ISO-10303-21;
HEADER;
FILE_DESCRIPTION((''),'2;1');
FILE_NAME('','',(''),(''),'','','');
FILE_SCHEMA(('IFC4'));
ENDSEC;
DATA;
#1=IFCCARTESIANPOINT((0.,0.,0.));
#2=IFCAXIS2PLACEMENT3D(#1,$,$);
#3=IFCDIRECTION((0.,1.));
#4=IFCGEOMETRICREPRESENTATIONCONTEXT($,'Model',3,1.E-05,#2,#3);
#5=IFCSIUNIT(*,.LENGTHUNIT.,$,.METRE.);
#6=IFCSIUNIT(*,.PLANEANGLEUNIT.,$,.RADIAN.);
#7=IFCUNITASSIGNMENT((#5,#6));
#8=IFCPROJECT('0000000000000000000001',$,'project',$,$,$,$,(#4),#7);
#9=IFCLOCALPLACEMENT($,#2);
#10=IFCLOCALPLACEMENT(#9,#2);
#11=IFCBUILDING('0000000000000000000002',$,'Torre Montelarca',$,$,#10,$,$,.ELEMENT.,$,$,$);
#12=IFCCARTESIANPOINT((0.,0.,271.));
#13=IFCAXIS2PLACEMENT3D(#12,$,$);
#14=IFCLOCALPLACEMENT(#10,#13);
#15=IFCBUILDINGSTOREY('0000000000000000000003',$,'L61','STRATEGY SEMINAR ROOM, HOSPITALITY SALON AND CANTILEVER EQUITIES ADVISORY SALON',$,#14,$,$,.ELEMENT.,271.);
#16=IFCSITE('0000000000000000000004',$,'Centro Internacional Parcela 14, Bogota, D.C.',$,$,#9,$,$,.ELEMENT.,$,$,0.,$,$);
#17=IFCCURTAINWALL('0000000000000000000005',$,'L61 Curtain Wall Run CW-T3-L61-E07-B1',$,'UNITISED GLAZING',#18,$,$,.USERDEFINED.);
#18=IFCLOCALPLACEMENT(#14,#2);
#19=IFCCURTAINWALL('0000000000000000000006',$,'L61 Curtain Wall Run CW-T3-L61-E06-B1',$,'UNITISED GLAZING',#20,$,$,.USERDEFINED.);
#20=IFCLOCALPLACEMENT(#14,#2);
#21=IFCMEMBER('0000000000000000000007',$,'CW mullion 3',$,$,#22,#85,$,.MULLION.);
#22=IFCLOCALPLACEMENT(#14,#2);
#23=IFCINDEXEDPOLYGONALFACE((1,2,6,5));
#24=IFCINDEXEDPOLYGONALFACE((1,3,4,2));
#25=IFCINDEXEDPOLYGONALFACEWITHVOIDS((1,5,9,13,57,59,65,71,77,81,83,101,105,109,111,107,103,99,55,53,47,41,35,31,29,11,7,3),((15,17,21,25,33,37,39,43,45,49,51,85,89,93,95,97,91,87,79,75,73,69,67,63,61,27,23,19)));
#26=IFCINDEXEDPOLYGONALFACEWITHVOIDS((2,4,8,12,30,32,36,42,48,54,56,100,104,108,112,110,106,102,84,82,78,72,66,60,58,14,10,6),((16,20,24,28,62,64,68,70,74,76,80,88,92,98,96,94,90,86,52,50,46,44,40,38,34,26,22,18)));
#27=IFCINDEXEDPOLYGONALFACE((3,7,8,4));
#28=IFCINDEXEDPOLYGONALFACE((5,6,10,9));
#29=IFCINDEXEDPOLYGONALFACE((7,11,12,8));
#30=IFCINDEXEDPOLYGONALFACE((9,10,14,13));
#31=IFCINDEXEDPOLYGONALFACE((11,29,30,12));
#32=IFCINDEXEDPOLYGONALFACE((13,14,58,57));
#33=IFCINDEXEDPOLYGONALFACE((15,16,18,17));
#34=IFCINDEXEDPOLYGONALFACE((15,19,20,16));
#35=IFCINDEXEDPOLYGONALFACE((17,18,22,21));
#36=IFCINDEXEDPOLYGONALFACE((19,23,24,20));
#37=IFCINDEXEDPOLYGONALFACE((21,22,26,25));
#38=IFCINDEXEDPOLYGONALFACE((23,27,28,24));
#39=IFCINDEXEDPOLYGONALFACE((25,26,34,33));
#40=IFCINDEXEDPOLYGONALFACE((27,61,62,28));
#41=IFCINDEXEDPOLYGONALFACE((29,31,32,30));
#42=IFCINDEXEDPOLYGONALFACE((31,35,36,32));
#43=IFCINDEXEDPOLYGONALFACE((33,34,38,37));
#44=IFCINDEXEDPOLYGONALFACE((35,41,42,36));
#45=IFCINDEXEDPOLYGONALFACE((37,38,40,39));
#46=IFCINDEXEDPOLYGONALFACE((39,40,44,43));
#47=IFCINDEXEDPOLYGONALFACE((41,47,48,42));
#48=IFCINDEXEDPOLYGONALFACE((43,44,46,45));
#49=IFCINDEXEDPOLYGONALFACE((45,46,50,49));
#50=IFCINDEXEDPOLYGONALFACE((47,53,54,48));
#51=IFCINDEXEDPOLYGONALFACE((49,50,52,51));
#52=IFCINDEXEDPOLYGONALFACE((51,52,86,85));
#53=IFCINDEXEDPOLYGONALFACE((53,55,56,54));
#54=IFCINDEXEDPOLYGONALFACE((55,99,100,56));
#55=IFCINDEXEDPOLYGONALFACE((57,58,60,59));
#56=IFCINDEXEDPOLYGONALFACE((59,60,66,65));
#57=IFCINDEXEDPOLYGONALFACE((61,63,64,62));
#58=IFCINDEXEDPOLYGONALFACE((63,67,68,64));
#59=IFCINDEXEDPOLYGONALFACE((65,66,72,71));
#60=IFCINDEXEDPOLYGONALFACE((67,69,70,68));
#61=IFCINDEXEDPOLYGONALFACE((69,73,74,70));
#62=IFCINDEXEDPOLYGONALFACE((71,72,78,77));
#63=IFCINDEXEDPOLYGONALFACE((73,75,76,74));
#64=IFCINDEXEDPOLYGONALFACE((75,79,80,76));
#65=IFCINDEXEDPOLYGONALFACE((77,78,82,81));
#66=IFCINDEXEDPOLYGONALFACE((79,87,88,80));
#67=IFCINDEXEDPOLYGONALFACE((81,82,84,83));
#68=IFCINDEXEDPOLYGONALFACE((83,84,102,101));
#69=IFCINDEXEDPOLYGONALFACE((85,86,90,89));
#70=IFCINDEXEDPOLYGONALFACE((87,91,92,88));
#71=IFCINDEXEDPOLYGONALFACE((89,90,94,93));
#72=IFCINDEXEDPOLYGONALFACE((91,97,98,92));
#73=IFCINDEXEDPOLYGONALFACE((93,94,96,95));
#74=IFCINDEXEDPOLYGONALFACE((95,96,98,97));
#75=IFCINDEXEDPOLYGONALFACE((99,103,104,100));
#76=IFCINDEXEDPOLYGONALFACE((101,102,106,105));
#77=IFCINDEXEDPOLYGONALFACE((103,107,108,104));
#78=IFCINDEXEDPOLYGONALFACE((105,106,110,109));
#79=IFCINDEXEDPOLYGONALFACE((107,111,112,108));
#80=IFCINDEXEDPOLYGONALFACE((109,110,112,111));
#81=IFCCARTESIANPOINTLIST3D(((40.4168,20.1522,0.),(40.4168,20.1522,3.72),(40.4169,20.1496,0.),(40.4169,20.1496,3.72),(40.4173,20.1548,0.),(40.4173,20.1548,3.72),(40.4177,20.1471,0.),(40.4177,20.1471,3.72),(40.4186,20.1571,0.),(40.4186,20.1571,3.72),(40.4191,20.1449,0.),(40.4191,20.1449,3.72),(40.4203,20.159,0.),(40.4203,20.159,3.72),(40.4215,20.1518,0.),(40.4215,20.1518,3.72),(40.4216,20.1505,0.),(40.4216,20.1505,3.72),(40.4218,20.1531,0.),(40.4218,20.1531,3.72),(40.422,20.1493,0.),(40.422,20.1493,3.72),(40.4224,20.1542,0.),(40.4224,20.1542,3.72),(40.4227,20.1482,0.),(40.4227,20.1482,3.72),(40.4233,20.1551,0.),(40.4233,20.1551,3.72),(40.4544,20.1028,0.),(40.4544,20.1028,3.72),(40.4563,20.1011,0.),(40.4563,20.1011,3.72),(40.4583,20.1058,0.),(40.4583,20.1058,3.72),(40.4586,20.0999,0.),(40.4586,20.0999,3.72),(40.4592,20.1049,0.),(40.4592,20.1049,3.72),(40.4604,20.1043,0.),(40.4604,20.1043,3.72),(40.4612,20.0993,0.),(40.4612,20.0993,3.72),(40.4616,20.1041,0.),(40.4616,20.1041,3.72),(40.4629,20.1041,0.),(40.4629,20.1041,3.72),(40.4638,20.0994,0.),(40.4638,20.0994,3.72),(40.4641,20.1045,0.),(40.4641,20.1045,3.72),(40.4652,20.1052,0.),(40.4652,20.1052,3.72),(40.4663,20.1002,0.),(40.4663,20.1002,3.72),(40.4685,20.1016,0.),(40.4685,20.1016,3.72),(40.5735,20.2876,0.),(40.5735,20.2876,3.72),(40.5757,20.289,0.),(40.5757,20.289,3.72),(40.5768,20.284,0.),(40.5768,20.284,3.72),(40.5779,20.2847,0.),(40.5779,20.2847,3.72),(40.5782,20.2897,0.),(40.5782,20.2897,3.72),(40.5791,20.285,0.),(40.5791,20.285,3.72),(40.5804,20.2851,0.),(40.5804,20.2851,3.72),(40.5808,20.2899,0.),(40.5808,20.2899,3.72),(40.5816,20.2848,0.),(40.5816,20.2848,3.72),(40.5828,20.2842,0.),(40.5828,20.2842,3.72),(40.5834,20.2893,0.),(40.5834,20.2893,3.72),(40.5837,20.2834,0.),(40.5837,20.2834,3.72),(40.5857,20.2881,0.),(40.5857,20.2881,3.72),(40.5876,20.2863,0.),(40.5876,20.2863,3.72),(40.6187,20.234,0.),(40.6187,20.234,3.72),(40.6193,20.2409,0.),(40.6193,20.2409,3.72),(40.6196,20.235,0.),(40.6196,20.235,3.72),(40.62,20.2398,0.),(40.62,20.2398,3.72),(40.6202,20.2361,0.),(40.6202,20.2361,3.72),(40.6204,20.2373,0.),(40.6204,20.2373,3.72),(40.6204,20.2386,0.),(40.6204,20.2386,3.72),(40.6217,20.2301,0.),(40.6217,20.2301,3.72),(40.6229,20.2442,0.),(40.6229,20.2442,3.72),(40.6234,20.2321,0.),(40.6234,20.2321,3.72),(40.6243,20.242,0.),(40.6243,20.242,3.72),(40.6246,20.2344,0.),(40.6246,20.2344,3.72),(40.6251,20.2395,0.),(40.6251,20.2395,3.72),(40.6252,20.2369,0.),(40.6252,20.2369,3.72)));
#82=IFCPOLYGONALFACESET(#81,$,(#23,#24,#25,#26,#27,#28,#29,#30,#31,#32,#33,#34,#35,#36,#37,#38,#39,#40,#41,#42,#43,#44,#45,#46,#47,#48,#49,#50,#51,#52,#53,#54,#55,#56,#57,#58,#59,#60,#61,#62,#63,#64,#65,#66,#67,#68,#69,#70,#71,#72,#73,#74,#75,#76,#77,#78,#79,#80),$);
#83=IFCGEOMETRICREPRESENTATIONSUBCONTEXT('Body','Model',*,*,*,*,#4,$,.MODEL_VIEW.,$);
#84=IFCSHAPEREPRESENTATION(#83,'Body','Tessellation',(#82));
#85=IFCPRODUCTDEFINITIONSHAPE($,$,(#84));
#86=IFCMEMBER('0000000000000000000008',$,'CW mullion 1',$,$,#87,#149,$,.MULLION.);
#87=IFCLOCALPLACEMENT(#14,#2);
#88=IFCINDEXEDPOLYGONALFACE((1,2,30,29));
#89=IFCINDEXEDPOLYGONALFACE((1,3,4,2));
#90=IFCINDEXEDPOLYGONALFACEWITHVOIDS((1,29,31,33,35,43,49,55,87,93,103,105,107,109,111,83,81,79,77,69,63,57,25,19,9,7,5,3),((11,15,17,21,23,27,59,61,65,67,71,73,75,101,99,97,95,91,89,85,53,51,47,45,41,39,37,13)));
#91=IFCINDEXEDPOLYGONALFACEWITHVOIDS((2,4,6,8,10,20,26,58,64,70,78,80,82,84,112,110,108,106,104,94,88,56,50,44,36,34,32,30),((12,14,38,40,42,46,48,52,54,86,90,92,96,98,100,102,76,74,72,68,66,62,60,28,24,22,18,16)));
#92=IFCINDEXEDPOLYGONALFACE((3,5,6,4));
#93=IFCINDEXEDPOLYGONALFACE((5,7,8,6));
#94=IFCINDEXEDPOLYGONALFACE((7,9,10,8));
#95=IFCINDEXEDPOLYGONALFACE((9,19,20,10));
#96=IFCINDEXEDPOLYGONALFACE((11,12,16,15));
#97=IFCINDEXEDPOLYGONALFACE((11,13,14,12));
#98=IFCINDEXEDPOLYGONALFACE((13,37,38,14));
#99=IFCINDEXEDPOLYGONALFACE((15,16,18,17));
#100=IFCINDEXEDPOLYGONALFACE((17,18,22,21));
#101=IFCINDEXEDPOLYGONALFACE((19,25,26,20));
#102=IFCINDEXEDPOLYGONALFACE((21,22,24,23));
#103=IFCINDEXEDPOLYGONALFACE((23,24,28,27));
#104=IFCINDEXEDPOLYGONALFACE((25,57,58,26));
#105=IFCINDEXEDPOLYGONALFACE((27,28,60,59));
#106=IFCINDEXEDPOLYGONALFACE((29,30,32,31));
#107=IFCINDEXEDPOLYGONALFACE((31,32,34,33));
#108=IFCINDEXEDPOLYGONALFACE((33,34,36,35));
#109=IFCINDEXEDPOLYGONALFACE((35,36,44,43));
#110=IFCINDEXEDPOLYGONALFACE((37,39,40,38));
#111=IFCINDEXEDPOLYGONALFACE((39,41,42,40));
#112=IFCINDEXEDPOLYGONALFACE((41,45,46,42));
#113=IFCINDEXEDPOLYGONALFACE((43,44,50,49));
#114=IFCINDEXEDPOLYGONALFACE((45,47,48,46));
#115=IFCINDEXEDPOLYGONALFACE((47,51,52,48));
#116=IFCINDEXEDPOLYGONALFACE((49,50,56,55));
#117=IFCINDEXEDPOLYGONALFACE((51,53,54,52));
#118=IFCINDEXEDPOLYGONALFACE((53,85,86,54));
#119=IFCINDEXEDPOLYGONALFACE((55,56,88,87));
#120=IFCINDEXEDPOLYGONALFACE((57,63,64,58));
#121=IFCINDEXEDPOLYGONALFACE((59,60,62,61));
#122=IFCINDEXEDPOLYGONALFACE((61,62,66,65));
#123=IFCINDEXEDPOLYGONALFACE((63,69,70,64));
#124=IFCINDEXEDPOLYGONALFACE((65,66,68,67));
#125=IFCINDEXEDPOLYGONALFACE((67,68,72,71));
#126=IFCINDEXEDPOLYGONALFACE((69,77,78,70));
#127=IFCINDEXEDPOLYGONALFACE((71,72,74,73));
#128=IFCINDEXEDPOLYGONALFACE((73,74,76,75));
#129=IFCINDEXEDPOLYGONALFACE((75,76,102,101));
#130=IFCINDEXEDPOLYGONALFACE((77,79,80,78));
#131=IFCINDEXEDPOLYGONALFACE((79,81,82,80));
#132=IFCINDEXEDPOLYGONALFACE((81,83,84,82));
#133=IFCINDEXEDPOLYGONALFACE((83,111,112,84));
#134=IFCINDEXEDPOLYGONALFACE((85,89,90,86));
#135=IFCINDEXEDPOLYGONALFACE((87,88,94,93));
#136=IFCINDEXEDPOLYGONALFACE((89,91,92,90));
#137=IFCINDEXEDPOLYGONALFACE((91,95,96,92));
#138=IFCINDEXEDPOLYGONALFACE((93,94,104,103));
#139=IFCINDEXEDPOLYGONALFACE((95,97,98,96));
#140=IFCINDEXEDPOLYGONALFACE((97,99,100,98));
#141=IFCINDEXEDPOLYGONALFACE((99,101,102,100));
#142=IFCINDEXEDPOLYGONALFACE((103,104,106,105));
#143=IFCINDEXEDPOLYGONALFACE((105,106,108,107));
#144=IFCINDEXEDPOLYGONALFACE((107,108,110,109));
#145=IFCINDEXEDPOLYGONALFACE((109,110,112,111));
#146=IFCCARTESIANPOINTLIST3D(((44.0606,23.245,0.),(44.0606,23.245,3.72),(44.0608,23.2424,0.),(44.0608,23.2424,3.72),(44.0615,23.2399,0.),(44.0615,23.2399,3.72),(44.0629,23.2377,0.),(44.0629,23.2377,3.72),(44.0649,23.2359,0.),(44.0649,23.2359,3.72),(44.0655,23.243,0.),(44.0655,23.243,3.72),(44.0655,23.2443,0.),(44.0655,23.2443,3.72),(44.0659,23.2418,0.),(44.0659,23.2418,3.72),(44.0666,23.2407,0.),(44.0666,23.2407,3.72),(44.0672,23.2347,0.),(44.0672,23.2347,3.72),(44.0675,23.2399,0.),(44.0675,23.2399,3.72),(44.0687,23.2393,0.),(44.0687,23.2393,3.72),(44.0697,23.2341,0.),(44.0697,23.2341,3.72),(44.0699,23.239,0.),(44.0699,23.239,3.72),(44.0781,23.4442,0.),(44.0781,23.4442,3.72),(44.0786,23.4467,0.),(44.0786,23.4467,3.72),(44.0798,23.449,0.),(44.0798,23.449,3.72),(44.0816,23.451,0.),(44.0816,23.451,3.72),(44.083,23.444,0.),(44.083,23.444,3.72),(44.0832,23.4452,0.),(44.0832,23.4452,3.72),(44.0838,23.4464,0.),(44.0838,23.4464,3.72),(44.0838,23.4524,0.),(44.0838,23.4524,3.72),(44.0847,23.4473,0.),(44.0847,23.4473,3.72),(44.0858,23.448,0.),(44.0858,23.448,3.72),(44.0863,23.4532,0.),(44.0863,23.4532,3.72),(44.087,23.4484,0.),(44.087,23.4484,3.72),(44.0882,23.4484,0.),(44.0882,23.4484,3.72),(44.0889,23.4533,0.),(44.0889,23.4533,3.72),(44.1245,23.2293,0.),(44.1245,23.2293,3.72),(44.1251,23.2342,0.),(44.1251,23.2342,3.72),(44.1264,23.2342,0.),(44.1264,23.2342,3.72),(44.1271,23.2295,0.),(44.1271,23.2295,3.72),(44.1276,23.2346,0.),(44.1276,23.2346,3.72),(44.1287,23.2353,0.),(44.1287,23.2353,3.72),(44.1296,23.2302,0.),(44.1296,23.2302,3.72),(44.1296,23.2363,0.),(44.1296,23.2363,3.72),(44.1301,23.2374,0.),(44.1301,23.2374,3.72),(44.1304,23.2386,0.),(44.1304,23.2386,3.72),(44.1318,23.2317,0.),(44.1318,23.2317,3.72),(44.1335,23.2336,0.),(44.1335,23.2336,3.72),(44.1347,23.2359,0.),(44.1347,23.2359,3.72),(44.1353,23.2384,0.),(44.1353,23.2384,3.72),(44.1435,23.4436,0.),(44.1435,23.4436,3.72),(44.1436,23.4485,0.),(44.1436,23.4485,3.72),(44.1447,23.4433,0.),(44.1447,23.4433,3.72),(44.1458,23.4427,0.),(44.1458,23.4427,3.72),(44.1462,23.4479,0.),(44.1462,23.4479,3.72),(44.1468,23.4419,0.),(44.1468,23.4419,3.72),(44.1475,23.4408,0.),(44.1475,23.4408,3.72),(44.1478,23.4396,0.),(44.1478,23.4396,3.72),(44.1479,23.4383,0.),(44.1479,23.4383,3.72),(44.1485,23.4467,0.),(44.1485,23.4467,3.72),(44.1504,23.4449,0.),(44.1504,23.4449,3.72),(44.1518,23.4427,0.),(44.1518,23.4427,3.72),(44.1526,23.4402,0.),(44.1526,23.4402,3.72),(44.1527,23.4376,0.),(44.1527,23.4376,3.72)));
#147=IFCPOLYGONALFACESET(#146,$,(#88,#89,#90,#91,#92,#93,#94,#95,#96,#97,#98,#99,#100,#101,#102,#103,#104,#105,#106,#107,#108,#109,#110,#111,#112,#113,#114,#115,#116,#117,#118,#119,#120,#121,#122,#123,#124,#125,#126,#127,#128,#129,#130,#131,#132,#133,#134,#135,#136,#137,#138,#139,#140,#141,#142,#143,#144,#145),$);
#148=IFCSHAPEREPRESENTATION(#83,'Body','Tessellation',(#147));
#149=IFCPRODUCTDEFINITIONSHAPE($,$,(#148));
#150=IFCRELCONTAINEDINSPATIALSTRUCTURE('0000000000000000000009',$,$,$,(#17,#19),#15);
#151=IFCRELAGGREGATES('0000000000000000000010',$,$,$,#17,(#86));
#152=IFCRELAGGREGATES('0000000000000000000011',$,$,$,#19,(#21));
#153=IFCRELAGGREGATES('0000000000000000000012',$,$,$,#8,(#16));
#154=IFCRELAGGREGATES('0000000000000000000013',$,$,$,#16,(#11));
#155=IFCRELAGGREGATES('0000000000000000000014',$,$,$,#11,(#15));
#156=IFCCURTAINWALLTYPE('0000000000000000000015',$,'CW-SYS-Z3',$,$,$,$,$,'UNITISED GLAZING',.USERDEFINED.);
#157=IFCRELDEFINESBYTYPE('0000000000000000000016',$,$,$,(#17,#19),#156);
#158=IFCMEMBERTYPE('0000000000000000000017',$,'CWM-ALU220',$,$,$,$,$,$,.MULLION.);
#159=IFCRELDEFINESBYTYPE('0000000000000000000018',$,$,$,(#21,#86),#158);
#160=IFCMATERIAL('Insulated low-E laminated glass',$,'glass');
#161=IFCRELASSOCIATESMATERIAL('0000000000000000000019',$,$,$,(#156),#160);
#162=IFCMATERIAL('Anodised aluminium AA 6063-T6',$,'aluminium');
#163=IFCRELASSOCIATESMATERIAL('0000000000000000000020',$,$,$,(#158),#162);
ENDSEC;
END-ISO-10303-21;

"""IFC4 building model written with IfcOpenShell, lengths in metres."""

from ifc_helpers import new_model, si_unit, direction, frame, origin, origin_2d, place, context, subcontext, project, spatial, hollow_rectangle, extrude, source, transform, mapped, material, material_profile, profile_set, type_object, element, aggregate, save


model = new_model("IFC4")

# Units and contexts
model_context = context("Model", 3, precision=1e-05, world=origin(), true_north=direction((0.0, 1.0)))
body_context = subcontext(model_context, "Body", "Model", "MODEL_VIEW")
ifc_project = project(units=[si_unit("LENGTHUNIT", "METRE"), si_unit("PLANEANGLEUNIT", "RADIAN")], contexts=[model_context])

# Site, building, storey
site_placement = place(None, origin())
site = spatial("IfcSite", under=ifc_project, at=site_placement, Name="Centro Internacional Parcela 14, Bogota, D.C.", CompositionType="ELEMENT", RefElevation=0.0)
building_placement = place(site_placement, origin())
building = spatial("IfcBuilding", under=site, at=building_placement, Name="Torre Montelarca", CompositionType="ELEMENT")
storey_placement = place(building_placement, frame((0.0, 0.0, 271.0)))
storey = spatial("IfcBuildingStorey", under=building, at=storey_placement, Name="L61", Description="STRATEGY SEMINAR ROOM, HOSPITALITY SALON AND CANTILEVER EQUITIES ADVISORY SALON", CompositionType="ELEMENT", Elevation=271.0)

# Curtain walls, member
ifc_material_1 = material(Name="Insulated low-E laminated glass", Category="glass")
curtain_wall_type = type_object("IfcCurtainWallType", Name="CW-SYS-Z3", ElementType="UNITISED GLAZING", PredefinedType="USERDEFINED", material=ifc_material_1)
curtain_wall_1_placement = place(storey_placement, origin())
curtain_wall_1 = element("IfcCurtainWall", 1, at=curtain_wall_1_placement, inside=storey, type_object=curtain_wall_type, Name="L61 Curtain Wall Run CW-T3-L61-E07-B1", ObjectType="UNITISED GLAZING", PredefinedType="USERDEFINED")
ifc_material_2 = material(Name="Anodised aluminium AA 6063-T6", Category="aluminium")
curtain_wall_2_placement = place(storey_placement, origin())
curtain_wall_2 = element("IfcCurtainWall", 2, at=curtain_wall_2_placement, inside=storey, type_object=curtain_wall_type, Name="L61 Curtain Wall Run CW-T3-L61-E06-B1", ObjectType="UNITISED GLAZING", PredefinedType="USERDEFINED")
ifc_material_profile_1 = material_profile(ifc_material_2, hollow_rectangle(XDim=0.075, YDim=0.22, WallThickness=0.0049, InnerFilletRadius=0.0049, OuterFilletRadius=0.01, at=origin_2d()), Name="ALU75X220X5", Category="aluminium")
ifc_profile_set_1 = profile_set([ifc_material_profile_1], Name="Anodised aluminium AA 6063-T6")
member_type_1 = type_object("IfcMemberType", Name="CWM-ALU220", PredefinedType="MULLION", material=ifc_profile_set_1)
shared_shape_1 = source(origin(), body_context, "Body", "SweptSolid", [
    extrude(hollow_rectangle(XDim=0.075, YDim=0.22, WallThickness=0.0049, InnerFilletRadius=0.0049, OuterFilletRadius=0.01, at=origin_2d()), origin(), (0.0, 0.0, 1.0), 3.72),
])
member_1_placement = place(storey_placement, frame((40.521, 20.1946, 0.0), z_axis=(0.0, 0.0, 1.0), x_axis=(-0.642788, 0.766044, 0.0)))
member_1 = element("IfcMember", 3, at=member_1_placement, type_object=member_type_1, Name="CW mullion 3", PredefinedType="MULLION", context=body_context, shape_type="MappedRepresentation", body=[
    mapped(shared_shape_1, transform((0.0, 0.0, 0.0), scale=1.0)),
])

# Member
member_2_placement = place(storey_placement, frame((44.1067, 23.3413, 0.0), z_axis=(0.0, 0.0, 1.0), x_axis=(-0.996194, 0.087166, 0.0)))
member_2 = element("IfcMember", 4, at=member_2_placement, type_object=member_type_1, Name="CW mullion 1", PredefinedType="MULLION", context=body_context, shape_type="MappedRepresentation", body=[
    mapped(shared_shape_1, transform((0.0, 0.0, 0.0), scale=1.0)),
])

aggregate(curtain_wall_1, [member_2])
aggregate(curtain_wall_2, [member_1])

save(model, "model.ifc")
